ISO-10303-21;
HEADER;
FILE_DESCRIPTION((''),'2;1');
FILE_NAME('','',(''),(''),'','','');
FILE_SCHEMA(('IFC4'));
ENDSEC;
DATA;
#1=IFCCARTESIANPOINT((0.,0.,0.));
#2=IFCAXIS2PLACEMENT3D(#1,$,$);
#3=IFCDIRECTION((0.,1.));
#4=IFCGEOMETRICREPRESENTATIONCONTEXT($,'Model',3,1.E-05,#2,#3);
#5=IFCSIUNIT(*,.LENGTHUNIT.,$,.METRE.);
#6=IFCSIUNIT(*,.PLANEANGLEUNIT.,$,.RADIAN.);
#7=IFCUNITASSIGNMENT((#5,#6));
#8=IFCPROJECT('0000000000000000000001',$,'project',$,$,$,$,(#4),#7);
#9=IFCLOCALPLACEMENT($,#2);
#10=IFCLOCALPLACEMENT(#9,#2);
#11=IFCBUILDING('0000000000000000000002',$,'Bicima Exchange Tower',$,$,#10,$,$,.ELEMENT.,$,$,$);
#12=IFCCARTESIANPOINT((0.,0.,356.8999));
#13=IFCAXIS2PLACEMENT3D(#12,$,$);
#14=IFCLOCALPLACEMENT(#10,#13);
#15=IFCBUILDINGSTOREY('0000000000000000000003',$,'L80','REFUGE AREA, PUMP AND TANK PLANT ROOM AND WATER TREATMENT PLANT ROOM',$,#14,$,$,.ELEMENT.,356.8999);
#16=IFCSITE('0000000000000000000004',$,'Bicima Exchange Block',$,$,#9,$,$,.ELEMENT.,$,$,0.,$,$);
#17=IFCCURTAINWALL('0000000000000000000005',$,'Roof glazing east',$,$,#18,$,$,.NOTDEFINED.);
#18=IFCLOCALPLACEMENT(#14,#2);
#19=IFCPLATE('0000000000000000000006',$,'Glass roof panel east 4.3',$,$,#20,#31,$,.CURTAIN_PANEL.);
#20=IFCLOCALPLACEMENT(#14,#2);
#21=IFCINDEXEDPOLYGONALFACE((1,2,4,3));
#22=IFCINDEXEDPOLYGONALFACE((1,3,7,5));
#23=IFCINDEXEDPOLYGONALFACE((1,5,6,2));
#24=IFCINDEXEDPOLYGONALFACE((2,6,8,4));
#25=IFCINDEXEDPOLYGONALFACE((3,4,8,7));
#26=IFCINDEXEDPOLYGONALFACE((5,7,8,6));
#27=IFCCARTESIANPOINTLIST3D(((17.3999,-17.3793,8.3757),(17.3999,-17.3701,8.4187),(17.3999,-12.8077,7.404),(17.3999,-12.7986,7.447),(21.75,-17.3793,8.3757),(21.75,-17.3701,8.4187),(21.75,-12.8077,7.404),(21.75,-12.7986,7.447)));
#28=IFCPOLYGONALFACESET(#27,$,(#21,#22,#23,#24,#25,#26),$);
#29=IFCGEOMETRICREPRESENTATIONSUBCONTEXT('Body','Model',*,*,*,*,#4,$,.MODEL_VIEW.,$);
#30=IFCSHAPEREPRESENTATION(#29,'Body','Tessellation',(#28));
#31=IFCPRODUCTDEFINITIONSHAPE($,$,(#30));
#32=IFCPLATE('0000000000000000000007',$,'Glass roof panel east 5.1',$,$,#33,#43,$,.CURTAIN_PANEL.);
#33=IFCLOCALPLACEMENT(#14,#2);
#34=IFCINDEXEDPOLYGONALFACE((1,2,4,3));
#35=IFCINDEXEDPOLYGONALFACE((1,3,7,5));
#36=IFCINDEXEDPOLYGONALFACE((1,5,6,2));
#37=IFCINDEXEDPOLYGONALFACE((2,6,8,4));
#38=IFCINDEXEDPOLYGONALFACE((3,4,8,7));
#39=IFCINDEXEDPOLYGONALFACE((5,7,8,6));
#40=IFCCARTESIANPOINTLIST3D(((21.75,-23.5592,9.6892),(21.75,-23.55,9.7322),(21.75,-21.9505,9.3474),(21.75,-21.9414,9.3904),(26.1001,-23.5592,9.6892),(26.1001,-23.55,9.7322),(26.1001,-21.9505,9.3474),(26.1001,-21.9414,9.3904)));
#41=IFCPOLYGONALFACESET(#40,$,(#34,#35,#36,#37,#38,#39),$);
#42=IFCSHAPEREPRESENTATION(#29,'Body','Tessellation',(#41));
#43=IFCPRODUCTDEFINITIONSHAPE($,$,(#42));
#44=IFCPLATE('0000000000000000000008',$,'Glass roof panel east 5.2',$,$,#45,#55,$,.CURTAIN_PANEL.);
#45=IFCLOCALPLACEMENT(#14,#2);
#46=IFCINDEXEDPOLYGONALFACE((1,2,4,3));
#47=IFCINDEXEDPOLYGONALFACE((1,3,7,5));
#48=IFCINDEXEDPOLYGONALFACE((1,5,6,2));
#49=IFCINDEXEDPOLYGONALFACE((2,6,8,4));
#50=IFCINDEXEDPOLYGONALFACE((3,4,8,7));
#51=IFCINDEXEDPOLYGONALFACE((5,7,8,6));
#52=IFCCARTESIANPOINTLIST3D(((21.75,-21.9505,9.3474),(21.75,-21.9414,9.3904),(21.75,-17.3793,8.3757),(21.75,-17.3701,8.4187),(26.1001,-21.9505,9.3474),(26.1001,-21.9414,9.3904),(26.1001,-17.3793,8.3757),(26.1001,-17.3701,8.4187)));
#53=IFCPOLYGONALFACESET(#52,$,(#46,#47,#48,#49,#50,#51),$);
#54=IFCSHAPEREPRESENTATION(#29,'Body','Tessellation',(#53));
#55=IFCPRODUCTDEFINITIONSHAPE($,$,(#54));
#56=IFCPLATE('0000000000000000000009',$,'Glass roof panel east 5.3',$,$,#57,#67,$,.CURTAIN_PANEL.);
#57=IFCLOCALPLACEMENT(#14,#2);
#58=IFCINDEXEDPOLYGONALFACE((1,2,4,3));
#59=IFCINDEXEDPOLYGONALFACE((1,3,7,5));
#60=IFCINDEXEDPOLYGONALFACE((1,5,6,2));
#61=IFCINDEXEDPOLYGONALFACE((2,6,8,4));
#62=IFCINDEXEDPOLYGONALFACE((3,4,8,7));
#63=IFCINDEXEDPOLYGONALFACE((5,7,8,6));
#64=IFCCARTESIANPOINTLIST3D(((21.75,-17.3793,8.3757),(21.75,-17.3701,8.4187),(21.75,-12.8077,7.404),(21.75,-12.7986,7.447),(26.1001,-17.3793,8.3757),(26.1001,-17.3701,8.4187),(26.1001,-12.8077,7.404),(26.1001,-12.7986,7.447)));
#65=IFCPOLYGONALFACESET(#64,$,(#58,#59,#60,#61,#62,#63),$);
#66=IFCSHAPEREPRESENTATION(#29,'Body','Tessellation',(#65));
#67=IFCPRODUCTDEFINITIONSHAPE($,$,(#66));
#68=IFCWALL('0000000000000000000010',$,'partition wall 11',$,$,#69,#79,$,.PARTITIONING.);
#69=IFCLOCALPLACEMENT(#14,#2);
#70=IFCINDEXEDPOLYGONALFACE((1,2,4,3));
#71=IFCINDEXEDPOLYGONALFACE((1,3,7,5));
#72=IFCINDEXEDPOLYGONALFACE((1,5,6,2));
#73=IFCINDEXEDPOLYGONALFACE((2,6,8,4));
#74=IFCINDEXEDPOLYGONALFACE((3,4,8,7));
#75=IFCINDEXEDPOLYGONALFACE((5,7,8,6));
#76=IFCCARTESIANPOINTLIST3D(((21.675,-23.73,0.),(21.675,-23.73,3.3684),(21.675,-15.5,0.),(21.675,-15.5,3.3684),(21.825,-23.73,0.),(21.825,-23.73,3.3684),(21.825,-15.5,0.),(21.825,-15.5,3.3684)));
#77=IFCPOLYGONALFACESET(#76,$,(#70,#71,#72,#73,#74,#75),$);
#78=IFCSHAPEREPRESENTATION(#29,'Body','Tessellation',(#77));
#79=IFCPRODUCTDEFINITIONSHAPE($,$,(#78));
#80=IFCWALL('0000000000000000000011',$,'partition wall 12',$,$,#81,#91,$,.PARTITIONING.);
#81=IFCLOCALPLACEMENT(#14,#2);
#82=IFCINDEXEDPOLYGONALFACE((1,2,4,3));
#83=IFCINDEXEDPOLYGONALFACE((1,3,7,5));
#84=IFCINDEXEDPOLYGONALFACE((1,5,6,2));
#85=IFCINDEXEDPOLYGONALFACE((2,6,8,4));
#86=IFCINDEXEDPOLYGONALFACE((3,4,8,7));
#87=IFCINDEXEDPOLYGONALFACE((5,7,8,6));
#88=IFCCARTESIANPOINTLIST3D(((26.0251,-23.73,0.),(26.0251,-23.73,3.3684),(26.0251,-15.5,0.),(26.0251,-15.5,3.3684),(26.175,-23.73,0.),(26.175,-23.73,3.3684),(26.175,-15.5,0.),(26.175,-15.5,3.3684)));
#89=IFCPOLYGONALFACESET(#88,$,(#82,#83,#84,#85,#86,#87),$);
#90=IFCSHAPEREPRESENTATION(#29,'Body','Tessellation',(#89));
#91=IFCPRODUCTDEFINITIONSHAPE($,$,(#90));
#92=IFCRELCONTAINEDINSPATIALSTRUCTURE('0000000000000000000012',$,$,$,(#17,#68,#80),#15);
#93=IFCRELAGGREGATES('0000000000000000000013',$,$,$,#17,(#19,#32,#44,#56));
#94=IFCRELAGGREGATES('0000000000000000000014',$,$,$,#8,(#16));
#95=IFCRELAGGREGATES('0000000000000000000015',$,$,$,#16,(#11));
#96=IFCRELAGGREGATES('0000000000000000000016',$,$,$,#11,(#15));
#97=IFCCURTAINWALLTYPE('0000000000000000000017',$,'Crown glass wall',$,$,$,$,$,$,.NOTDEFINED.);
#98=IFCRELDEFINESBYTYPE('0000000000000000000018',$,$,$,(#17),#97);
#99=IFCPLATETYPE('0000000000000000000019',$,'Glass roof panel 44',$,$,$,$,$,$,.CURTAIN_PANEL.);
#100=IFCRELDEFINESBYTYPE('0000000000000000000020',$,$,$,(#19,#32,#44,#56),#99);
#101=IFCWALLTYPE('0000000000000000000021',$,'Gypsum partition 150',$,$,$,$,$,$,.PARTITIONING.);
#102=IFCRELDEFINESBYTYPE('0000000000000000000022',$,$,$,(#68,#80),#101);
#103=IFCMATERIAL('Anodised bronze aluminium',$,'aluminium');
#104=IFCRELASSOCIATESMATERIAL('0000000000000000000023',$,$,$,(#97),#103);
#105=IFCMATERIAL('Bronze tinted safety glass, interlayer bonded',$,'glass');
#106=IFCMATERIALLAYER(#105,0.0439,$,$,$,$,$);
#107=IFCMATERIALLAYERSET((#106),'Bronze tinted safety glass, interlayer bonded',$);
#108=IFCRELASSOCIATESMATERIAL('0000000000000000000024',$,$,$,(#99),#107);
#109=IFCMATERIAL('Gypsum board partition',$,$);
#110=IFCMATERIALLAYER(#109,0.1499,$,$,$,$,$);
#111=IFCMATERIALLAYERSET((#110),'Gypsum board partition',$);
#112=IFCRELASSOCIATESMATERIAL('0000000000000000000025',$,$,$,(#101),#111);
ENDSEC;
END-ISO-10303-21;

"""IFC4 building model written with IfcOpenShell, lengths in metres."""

from ifc_helpers import new_model, si_unit, direction, frame, frame_2d, origin, place, context, subcontext, project, spatial, polyline, rectangle, outline, extrude, material, layer, layer_set, type_object, element, aggregate, save


model = new_model("IFC4")

# Units and contexts
model_context = context("Model", 3, precision=1e-05, world=origin(), true_north=direction((0.0, 1.0)))
body_context = subcontext(model_context, "Body", "Model", "MODEL_VIEW")
ifc_project = project(units=[si_unit("LENGTHUNIT", "METRE"), si_unit("PLANEANGLEUNIT", "RADIAN")], contexts=[model_context])

# Site, building, storey
site_placement = place(None, origin())
site = spatial("IfcSite", under=ifc_project, at=site_placement, Name="Bicima Exchange Block", CompositionType="ELEMENT", RefElevation=0.0)
building_placement = place(site_placement, origin())
building = spatial("IfcBuilding", under=site, at=building_placement, Name="Bicima Exchange Tower", CompositionType="ELEMENT")
storey_placement = place(building_placement, frame((0.0, 0.0, 356.8999)))
storey = spatial("IfcBuildingStorey", under=building, at=storey_placement, Name="L80", Description="REFUGE AREA, PUMP AND TANK PLANT ROOM AND WATER TREATMENT PLANT ROOM", CompositionType="ELEMENT", Elevation=356.8999)

# Shared definitions
ifc_material_1 = material(Name="Anodised bronze aluminium", Category="aluminium")
curtain_wall_type = type_object("IfcCurtainWallType", Name="Crown glass wall", PredefinedType="NOTDEFINED", material=ifc_material_1)

# Curtain wall
curtain_wall_1_placement = place(storey_placement, origin())
curtain_wall_1 = element("IfcCurtainWall", 1, at=curtain_wall_1_placement, inside=storey, type_object=curtain_wall_type, Name="Roof glazing east", PredefinedType="NOTDEFINED")

# Plates
ifc_material_2 = material(Name="Bronze tinted safety glass, interlayer bonded", Category="glass")
ifc_layer_1 = layer(ifc_material_2, 0.0439)
ifc_layer_set_1 = layer_set([ifc_layer_1], Name="Bronze tinted safety glass, interlayer bonded")
plate_type_1 = type_object("IfcPlateType", Name="Glass roof panel 44", PredefinedType="CURTAIN_PANEL", material=ifc_layer_set_1)
plate_1_placement = place(storey_placement, frame((17.3999, -17.3701, 8.4187), z_axis=(0.0, 0.207906, 0.978149), x_axis=(0.0, 0.978149, -0.207906)))
plate_1 = element("IfcPlate", 2, at=plate_1_placement, type_object=plate_type_1, Name="Glass roof panel east 4.3", PredefinedType="CURTAIN_PANEL", context=body_context, shape_type="SweptSolid", body=[
    extrude(outline(polyline([(0.0, 0.0), (4.6737, 0.0), (4.6737, -4.3501), (0.0, -4.3501), (0.0, 0.0)])), origin(), (0.0, 0.0, -1.0), 0.0439),
])
plate_2_placement = place(storey_placement, frame((21.75, -23.55, 9.7322), z_axis=(0.0, 0.207836, 0.978164), x_axis=(0.0, 0.978164, -0.207836)))
plate_2 = element("IfcPlate", 3, at=plate_2_placement, type_object=plate_type_1, Name="Glass roof panel east 5.1", PredefinedType="CURTAIN_PANEL", context=body_context, shape_type="SweptSolid", body=[
    extrude(outline(polyline([(0.0, 0.0), (1.6446, 0.0), (1.6446, -4.3501), (0.0, -4.3501), (0.0, 0.0)])), origin(), (0.0, 0.0, -1.0), 0.0439),
])
plate_3_placement = place(storey_placement, frame((21.75, -21.9414, 9.3904), z_axis=(0.0, 0.207916, 0.978147), x_axis=(0.0, 0.978147, -0.207916)))
plate_3 = element("IfcPlate", 4, at=plate_3_placement, type_object=plate_type_1, Name="Glass roof panel east 5.2", PredefinedType="CURTAIN_PANEL", context=body_context, shape_type="SweptSolid", body=[
    extrude(outline(polyline([(0.0, 0.0), (4.6734, 0.0), (4.6734, -4.3501), (0.0, -4.3501), (0.0, 0.0)])), origin(), (0.0, 0.0, -1.0), 0.0439),
])
plate_4_placement = place(storey_placement, frame((21.75, -17.3701, 8.4187), z_axis=(0.0, 0.207906, 0.978149), x_axis=(0.0, 0.978149, -0.207906)))
plate_4 = element("IfcPlate", 5, at=plate_4_placement, type_object=plate_type_1, Name="Glass roof panel east 5.3", PredefinedType="CURTAIN_PANEL", context=body_context, shape_type="SweptSolid", body=[
    extrude(outline(polyline([(0.0, 0.0), (4.6737, 0.0), (4.6737, -4.3501), (0.0, -4.3501), (0.0, 0.0)])), origin(), (0.0, 0.0, -1.0), 0.0439),
])
aggregate(curtain_wall_1, [plate_1, plate_2, plate_3, plate_4])

# Walls
ifc_material_3 = material(Name="Gypsum board partition")
ifc_layer_2 = layer(ifc_material_3, 0.1499)
ifc_layer_set_2 = layer_set([ifc_layer_2], Name="Gypsum board partition")
wall_type = type_object("IfcWallType", Name="Gypsum partition 150", PredefinedType="PARTITIONING", material=ifc_layer_set_2)
for number, where, z_axis, x_axis, name in (
    (6, (21.75, -23.73, 0.0), (0.0, 0.0, 1.0), (0.0, 1.0, 0.0), "partition wall 11"),
    (7, (26.1001, -23.73, 0.0), (0.0, 0.0, 1.0), (0.0, 1.0, 0.0), "partition wall 12"),
):
    element("IfcWall", number, at=place(storey_placement, frame(where, z_axis=z_axis, x_axis=x_axis)), inside=storey, type_object=wall_type, Name=name, PredefinedType="PARTITIONING", context=body_context, shape_type="SweptSolid", body=[
        extrude(rectangle(XDim=8.23, YDim=0.1499, at=frame_2d((4.115, 0.0))), origin(), (0.0, 0.0, 1.0), 3.3684),
    ])

save(model, "model.ifc")
